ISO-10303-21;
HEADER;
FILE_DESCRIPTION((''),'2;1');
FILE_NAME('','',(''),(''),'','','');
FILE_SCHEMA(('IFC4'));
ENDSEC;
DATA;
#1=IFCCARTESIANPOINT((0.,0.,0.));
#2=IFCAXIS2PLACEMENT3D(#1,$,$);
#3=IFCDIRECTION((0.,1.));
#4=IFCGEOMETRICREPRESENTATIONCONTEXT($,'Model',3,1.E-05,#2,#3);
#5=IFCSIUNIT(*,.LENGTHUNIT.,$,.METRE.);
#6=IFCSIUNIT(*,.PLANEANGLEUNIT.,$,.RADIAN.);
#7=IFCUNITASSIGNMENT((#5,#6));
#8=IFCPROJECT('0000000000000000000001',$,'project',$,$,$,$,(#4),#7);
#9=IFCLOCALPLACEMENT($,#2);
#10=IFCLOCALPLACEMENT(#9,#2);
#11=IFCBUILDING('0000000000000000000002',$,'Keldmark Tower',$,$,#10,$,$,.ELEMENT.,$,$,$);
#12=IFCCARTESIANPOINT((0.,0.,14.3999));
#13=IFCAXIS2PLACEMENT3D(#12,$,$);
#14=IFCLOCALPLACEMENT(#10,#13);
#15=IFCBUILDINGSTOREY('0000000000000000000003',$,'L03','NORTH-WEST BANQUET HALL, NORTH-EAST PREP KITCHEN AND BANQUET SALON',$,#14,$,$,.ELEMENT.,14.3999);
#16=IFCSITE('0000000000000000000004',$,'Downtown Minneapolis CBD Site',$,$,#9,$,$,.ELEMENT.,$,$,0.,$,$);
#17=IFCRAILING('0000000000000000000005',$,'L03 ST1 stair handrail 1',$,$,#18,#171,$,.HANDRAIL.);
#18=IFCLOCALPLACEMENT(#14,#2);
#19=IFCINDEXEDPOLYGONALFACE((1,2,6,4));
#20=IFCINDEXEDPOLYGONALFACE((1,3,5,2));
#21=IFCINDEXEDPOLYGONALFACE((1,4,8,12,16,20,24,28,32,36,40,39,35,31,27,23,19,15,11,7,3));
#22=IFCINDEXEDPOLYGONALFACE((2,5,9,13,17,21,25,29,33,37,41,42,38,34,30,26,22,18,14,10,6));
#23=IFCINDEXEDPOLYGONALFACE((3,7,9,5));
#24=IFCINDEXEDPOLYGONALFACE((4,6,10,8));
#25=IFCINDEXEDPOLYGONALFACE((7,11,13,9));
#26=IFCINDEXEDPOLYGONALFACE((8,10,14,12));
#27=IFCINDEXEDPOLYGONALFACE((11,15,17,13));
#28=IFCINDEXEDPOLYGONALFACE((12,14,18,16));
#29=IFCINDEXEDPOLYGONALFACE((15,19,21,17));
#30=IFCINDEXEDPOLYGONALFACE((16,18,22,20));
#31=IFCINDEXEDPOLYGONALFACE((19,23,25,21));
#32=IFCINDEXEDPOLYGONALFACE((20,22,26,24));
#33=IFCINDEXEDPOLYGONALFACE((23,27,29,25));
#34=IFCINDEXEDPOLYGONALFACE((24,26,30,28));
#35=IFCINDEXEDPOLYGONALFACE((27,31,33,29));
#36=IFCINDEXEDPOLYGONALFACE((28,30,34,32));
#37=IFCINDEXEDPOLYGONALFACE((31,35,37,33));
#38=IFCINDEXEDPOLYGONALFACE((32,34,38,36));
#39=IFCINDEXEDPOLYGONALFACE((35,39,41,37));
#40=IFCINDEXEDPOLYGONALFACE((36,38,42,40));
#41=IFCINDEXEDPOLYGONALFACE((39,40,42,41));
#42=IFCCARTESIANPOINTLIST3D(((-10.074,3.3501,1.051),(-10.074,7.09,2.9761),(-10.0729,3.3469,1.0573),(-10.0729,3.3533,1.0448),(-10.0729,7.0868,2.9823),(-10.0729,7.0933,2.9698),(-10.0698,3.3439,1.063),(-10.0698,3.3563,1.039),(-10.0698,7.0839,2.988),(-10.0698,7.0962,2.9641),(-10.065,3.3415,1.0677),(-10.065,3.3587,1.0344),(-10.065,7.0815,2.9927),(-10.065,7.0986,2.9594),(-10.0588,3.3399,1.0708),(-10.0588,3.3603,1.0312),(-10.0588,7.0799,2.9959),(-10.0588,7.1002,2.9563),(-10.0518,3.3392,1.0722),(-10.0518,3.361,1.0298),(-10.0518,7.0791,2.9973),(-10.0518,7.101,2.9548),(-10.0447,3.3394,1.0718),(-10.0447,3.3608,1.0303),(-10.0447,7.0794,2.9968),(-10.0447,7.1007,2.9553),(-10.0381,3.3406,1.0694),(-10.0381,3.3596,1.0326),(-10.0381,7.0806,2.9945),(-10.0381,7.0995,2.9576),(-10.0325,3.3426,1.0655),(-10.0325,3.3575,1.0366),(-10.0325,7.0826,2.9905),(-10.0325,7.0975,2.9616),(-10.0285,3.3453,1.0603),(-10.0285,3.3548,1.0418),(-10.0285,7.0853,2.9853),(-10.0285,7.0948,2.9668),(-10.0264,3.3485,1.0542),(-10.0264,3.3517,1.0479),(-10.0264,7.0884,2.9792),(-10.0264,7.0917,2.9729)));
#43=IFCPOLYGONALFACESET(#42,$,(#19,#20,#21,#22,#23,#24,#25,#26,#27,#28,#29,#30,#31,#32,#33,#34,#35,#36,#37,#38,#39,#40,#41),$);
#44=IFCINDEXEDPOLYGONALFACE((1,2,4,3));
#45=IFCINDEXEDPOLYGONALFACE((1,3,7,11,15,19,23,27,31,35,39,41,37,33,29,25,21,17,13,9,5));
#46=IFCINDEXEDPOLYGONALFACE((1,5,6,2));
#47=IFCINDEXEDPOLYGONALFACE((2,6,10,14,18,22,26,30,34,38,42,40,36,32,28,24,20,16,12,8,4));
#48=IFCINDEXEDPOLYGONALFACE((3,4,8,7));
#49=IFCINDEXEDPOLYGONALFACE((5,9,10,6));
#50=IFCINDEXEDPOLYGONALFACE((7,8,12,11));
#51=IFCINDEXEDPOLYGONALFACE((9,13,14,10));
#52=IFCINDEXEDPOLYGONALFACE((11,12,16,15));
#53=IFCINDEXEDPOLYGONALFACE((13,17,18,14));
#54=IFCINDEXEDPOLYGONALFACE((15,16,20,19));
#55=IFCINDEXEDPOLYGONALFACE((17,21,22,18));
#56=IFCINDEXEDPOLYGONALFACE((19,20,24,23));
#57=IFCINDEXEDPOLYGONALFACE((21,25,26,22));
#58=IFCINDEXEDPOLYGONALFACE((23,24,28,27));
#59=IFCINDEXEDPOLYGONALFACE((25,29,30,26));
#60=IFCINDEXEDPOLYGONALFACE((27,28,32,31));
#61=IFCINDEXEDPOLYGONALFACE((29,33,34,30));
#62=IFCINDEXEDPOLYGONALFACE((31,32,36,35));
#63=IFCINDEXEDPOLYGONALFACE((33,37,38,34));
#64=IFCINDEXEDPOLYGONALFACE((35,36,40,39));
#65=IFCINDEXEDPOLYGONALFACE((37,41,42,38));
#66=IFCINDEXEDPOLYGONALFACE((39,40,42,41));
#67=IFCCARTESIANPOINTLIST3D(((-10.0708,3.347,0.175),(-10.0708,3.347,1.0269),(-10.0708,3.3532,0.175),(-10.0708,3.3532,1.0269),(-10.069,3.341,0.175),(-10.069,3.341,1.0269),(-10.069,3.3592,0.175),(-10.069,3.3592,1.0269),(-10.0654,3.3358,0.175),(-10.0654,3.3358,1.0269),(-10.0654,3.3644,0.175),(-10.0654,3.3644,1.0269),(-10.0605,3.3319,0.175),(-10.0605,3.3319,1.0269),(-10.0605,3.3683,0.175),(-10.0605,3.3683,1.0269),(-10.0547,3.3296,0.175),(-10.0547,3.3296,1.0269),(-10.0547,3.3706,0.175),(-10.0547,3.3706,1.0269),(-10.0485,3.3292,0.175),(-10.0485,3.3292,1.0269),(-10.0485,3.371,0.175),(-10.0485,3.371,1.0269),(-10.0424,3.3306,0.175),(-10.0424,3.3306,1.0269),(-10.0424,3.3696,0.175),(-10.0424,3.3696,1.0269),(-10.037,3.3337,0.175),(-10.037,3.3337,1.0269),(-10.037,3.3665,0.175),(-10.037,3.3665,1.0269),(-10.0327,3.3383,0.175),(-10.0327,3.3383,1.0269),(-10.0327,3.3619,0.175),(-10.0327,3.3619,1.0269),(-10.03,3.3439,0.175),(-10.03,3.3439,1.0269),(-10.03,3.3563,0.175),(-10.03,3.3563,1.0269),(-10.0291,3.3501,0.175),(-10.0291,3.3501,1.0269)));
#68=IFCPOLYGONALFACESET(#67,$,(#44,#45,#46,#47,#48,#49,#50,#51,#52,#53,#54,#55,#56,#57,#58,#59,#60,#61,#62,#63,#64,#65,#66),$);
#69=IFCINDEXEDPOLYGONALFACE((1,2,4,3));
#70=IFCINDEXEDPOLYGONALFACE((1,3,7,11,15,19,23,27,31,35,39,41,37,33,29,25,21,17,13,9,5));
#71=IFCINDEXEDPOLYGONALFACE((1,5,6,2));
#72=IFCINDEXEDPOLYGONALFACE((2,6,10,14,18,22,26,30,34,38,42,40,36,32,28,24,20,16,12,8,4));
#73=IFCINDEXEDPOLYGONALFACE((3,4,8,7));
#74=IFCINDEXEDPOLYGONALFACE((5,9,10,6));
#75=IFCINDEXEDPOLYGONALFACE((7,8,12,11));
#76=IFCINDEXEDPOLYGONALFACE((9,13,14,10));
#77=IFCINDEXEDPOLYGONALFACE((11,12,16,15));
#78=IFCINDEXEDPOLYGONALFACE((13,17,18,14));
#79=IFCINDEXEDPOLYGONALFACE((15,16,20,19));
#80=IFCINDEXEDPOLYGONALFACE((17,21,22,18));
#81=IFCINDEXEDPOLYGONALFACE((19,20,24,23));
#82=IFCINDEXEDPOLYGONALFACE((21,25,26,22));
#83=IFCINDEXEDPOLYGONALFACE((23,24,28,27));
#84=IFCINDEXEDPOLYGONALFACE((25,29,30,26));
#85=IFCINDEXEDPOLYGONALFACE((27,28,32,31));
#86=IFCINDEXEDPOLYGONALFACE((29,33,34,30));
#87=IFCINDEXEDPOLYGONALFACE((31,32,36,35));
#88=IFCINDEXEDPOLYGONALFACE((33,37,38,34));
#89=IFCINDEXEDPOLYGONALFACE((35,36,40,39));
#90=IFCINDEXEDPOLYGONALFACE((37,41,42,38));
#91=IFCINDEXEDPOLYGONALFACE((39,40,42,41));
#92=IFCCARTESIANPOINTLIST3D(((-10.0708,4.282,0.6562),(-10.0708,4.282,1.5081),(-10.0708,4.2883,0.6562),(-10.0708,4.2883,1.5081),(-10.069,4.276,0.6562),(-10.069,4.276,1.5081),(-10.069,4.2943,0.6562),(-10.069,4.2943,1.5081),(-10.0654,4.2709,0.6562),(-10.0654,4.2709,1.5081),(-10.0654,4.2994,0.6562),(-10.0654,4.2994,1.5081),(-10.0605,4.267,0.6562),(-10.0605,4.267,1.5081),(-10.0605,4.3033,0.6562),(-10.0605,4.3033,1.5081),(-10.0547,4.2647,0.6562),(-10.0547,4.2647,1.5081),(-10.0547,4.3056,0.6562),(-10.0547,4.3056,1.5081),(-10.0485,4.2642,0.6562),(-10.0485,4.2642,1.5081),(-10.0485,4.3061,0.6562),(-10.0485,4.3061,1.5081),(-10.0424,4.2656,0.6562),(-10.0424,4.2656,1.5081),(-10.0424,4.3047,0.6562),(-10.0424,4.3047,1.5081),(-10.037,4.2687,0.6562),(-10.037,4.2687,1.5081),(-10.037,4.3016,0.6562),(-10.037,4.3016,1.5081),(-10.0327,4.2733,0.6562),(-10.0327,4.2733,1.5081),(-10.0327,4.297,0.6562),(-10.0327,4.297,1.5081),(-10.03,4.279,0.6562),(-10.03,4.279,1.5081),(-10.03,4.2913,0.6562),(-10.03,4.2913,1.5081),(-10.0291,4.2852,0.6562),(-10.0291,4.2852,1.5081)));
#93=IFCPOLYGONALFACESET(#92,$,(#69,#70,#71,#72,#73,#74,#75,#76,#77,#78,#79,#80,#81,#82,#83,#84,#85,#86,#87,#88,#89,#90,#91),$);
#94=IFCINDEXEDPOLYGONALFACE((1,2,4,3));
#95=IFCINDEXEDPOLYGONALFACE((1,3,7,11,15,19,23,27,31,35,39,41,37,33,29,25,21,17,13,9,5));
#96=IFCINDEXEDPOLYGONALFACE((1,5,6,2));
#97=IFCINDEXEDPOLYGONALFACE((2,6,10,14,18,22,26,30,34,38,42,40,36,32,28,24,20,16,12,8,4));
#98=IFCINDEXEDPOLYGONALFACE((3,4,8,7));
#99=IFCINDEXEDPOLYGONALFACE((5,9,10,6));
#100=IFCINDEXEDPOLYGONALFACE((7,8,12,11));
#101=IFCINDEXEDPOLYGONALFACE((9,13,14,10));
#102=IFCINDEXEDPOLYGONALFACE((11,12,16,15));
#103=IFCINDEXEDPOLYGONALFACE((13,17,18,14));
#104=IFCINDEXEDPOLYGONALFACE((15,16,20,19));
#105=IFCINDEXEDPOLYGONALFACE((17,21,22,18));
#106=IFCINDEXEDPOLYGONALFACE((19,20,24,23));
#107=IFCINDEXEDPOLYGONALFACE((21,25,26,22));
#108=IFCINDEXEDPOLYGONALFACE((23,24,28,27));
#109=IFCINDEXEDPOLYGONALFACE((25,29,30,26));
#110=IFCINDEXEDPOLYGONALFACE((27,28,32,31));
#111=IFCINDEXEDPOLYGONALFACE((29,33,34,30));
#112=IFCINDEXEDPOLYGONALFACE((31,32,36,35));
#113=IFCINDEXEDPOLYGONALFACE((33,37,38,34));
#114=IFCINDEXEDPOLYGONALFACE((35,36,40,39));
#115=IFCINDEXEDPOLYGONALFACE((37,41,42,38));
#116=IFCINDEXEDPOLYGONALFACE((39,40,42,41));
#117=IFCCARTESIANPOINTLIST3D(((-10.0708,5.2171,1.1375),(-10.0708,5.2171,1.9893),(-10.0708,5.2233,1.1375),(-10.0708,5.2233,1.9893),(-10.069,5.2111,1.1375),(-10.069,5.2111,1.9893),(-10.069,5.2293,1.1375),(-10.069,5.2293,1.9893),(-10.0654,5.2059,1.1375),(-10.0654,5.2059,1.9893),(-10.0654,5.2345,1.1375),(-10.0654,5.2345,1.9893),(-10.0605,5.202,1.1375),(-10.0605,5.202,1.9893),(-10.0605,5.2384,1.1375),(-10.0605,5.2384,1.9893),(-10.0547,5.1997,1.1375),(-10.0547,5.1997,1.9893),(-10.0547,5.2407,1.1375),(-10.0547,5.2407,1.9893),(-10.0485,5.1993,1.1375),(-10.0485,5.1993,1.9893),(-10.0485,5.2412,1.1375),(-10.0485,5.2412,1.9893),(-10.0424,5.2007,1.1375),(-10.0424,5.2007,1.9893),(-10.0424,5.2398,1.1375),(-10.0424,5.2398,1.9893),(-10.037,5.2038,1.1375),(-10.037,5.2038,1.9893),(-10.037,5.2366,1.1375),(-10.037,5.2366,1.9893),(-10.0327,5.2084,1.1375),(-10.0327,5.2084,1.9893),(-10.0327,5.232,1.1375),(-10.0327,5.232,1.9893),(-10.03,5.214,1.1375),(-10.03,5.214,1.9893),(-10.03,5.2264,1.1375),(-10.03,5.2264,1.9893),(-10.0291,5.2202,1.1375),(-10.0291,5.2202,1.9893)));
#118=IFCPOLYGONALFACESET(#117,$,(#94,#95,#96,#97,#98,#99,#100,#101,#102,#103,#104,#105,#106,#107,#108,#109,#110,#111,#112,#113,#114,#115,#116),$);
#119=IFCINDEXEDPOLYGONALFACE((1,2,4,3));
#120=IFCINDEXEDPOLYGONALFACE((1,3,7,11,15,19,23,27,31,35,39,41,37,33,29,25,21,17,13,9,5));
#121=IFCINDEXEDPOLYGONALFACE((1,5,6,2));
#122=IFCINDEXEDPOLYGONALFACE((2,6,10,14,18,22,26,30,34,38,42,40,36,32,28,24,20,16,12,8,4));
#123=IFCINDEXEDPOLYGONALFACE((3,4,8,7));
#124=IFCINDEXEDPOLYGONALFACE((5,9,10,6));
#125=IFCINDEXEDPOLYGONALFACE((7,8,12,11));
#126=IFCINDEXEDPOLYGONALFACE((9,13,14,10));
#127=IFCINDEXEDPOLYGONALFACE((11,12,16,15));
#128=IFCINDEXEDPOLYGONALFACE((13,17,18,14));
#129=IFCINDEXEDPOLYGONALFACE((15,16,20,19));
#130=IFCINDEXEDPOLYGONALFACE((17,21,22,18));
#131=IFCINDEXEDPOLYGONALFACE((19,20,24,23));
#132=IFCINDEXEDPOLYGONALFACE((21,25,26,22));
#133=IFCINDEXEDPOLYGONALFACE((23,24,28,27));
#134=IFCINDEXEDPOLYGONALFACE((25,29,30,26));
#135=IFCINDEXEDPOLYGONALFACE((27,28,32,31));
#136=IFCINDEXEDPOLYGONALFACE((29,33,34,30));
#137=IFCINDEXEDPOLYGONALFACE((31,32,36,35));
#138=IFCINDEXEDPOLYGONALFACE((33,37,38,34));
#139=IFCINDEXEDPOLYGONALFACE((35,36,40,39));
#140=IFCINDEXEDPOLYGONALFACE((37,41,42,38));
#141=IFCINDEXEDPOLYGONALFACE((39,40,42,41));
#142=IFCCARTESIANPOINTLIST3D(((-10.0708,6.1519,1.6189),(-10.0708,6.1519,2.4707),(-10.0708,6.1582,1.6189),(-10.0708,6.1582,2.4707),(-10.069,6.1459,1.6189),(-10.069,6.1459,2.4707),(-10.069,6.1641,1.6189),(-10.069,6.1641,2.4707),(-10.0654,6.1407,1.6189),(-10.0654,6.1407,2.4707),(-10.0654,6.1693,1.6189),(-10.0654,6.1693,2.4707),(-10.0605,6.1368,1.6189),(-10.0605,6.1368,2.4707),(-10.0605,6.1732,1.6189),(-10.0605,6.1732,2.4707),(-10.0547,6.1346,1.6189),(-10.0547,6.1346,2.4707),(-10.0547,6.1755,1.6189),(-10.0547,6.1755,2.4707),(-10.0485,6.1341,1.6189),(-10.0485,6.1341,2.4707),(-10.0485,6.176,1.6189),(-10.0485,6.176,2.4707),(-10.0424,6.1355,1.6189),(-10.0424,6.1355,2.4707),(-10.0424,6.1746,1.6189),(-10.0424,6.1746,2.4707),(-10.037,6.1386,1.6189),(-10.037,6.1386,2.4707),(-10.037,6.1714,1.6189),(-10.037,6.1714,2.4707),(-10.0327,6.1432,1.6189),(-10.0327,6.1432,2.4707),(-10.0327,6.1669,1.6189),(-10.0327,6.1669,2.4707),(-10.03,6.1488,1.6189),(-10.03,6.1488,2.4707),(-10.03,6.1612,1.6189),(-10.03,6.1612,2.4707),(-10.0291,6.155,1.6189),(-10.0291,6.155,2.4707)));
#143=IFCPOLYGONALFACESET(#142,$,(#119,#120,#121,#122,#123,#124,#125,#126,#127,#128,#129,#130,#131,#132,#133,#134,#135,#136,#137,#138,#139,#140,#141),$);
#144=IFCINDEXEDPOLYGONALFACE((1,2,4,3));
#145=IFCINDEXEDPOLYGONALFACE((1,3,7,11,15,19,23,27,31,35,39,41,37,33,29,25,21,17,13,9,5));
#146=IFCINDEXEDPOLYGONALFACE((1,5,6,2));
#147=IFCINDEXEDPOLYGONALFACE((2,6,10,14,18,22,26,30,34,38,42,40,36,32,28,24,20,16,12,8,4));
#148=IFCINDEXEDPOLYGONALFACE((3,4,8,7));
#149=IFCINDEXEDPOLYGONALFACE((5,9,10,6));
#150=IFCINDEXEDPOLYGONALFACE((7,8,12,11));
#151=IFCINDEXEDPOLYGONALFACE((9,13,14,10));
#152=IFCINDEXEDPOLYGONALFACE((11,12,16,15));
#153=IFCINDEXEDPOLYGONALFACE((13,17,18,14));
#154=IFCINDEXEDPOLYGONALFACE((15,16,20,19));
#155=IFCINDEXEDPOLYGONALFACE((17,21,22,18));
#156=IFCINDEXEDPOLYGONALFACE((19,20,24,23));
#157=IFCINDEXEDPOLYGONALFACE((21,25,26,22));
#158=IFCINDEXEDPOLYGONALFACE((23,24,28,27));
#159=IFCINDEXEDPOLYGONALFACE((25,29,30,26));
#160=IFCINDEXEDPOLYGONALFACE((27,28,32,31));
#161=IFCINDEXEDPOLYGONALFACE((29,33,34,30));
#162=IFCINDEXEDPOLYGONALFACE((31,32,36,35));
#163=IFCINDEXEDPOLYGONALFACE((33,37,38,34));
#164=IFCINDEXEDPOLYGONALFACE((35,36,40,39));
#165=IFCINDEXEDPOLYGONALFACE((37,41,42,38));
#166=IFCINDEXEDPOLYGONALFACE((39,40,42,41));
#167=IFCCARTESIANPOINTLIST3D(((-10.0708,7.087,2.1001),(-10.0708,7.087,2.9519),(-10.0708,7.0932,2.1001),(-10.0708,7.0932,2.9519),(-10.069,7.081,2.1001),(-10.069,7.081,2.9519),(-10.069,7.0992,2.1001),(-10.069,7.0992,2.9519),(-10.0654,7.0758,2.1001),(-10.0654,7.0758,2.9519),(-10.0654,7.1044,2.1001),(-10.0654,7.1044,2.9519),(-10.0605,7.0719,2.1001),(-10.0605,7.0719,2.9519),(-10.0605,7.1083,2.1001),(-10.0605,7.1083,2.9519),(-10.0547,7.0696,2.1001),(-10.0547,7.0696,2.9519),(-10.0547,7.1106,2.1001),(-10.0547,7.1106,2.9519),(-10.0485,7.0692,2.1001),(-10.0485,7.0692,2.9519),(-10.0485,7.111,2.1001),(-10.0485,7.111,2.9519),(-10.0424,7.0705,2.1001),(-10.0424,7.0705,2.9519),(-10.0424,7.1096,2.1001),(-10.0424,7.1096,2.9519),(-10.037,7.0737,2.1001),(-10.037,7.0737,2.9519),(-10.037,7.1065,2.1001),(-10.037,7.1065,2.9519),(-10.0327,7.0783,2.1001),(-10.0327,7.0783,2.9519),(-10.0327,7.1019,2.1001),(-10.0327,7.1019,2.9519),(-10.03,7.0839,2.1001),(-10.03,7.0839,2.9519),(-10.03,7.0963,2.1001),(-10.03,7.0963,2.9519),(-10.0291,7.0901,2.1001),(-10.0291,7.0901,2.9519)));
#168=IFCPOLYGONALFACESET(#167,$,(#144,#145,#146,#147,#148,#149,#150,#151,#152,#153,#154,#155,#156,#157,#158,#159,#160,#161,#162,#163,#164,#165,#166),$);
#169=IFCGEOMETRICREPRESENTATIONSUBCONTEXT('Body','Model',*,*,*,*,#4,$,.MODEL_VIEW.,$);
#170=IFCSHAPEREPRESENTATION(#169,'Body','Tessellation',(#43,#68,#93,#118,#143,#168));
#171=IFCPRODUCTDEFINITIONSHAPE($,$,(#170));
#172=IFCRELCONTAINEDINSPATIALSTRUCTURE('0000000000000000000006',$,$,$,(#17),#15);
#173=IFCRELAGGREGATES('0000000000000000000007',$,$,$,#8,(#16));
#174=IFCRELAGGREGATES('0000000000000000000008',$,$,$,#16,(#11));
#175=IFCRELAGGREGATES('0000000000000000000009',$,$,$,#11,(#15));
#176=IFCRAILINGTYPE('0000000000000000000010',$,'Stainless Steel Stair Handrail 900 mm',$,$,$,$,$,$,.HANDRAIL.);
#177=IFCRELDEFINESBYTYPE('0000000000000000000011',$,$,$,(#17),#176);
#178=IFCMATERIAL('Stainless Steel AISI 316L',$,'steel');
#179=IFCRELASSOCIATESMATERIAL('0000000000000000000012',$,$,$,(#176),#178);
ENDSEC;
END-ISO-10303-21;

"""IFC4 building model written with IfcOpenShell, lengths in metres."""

from ifc_helpers import new_model, si_unit, direction, frame, origin, origin_2d, place, context, subcontext, project, spatial, circle, extrude, material, type_object, element, save


model = new_model("IFC4")

# Units and contexts
model_context = context("Model", 3, precision=1e-05, world=origin(), true_north=direction((0.0, 1.0)))
body_context = subcontext(model_context, "Body", "Model", "MODEL_VIEW")
ifc_project = project(units=[si_unit("LENGTHUNIT", "METRE"), si_unit("PLANEANGLEUNIT", "RADIAN")], contexts=[model_context])

# Site, building, storey
site_placement = place(None, origin())
site = spatial("IfcSite", under=ifc_project, at=site_placement, Name="Downtown Minneapolis CBD Site", CompositionType="ELEMENT", RefElevation=0.0)
building_placement = place(site_placement, origin())
building = spatial("IfcBuilding", under=site, at=building_placement, Name="Keldmark Tower", CompositionType="ELEMENT")
storey_placement = place(building_placement, frame((0.0, 0.0, 14.3999)))
storey = spatial("IfcBuildingStorey", under=building, at=storey_placement, Name="L03", Description="NORTH-WEST BANQUET HALL, NORTH-EAST PREP KITCHEN AND BANQUET SALON", CompositionType="ELEMENT", Elevation=14.3999)

# Railing
ifc_material_1 = material(Name="Stainless Steel AISI 316L", Category="steel")
railing_type = type_object("IfcRailingType", Name="Stainless Steel Stair Handrail 900 mm", PredefinedType="HANDRAIL", material=ifc_material_1)
railing_placement = place(storey_placement, frame((-10.05, 3.3501, 0.175)))
element("IfcRailing", 1, at=railing_placement, inside=storey, type_object=railing_type, Name="L03 ST1 stair handrail 1", PredefinedType="HANDRAIL", context=body_context, shape_type="SweptSolid", body=[
    extrude(circle(Radius=0.0239, at=origin_2d()), frame((0.0, 0.0, 0.876), z_axis=(0.0, 0.889131, 0.457654), x_axis=(-1.0, 0.0, 0.0)), (0.0, 0.0, 1.0), 4.2063),
    extrude(circle(Radius=0.021, at=origin_2d()), origin(), (0.0, 0.0, 1.0), 0.8518),
    extrude(circle(Radius=0.021, at=origin_2d()), frame((0.0, 0.9351, 0.4812)), (0.0, 0.0, 1.0), 0.8518),
    extrude(circle(Radius=0.021, at=origin_2d()), frame((0.0, 1.8701, 0.9624)), (0.0, 0.0, 1.0), 0.8518),
    extrude(circle(Radius=0.021, at=origin_2d()), frame((0.0, 2.8049, 1.4438)), (0.0, 0.0, 1.0), 0.8518),
    extrude(circle(Radius=0.021, at=origin_2d()), frame((0.0, 3.74, 1.925)), (0.0, 0.0, 1.0), 0.8518),
])

save(model, "model.ifc")
